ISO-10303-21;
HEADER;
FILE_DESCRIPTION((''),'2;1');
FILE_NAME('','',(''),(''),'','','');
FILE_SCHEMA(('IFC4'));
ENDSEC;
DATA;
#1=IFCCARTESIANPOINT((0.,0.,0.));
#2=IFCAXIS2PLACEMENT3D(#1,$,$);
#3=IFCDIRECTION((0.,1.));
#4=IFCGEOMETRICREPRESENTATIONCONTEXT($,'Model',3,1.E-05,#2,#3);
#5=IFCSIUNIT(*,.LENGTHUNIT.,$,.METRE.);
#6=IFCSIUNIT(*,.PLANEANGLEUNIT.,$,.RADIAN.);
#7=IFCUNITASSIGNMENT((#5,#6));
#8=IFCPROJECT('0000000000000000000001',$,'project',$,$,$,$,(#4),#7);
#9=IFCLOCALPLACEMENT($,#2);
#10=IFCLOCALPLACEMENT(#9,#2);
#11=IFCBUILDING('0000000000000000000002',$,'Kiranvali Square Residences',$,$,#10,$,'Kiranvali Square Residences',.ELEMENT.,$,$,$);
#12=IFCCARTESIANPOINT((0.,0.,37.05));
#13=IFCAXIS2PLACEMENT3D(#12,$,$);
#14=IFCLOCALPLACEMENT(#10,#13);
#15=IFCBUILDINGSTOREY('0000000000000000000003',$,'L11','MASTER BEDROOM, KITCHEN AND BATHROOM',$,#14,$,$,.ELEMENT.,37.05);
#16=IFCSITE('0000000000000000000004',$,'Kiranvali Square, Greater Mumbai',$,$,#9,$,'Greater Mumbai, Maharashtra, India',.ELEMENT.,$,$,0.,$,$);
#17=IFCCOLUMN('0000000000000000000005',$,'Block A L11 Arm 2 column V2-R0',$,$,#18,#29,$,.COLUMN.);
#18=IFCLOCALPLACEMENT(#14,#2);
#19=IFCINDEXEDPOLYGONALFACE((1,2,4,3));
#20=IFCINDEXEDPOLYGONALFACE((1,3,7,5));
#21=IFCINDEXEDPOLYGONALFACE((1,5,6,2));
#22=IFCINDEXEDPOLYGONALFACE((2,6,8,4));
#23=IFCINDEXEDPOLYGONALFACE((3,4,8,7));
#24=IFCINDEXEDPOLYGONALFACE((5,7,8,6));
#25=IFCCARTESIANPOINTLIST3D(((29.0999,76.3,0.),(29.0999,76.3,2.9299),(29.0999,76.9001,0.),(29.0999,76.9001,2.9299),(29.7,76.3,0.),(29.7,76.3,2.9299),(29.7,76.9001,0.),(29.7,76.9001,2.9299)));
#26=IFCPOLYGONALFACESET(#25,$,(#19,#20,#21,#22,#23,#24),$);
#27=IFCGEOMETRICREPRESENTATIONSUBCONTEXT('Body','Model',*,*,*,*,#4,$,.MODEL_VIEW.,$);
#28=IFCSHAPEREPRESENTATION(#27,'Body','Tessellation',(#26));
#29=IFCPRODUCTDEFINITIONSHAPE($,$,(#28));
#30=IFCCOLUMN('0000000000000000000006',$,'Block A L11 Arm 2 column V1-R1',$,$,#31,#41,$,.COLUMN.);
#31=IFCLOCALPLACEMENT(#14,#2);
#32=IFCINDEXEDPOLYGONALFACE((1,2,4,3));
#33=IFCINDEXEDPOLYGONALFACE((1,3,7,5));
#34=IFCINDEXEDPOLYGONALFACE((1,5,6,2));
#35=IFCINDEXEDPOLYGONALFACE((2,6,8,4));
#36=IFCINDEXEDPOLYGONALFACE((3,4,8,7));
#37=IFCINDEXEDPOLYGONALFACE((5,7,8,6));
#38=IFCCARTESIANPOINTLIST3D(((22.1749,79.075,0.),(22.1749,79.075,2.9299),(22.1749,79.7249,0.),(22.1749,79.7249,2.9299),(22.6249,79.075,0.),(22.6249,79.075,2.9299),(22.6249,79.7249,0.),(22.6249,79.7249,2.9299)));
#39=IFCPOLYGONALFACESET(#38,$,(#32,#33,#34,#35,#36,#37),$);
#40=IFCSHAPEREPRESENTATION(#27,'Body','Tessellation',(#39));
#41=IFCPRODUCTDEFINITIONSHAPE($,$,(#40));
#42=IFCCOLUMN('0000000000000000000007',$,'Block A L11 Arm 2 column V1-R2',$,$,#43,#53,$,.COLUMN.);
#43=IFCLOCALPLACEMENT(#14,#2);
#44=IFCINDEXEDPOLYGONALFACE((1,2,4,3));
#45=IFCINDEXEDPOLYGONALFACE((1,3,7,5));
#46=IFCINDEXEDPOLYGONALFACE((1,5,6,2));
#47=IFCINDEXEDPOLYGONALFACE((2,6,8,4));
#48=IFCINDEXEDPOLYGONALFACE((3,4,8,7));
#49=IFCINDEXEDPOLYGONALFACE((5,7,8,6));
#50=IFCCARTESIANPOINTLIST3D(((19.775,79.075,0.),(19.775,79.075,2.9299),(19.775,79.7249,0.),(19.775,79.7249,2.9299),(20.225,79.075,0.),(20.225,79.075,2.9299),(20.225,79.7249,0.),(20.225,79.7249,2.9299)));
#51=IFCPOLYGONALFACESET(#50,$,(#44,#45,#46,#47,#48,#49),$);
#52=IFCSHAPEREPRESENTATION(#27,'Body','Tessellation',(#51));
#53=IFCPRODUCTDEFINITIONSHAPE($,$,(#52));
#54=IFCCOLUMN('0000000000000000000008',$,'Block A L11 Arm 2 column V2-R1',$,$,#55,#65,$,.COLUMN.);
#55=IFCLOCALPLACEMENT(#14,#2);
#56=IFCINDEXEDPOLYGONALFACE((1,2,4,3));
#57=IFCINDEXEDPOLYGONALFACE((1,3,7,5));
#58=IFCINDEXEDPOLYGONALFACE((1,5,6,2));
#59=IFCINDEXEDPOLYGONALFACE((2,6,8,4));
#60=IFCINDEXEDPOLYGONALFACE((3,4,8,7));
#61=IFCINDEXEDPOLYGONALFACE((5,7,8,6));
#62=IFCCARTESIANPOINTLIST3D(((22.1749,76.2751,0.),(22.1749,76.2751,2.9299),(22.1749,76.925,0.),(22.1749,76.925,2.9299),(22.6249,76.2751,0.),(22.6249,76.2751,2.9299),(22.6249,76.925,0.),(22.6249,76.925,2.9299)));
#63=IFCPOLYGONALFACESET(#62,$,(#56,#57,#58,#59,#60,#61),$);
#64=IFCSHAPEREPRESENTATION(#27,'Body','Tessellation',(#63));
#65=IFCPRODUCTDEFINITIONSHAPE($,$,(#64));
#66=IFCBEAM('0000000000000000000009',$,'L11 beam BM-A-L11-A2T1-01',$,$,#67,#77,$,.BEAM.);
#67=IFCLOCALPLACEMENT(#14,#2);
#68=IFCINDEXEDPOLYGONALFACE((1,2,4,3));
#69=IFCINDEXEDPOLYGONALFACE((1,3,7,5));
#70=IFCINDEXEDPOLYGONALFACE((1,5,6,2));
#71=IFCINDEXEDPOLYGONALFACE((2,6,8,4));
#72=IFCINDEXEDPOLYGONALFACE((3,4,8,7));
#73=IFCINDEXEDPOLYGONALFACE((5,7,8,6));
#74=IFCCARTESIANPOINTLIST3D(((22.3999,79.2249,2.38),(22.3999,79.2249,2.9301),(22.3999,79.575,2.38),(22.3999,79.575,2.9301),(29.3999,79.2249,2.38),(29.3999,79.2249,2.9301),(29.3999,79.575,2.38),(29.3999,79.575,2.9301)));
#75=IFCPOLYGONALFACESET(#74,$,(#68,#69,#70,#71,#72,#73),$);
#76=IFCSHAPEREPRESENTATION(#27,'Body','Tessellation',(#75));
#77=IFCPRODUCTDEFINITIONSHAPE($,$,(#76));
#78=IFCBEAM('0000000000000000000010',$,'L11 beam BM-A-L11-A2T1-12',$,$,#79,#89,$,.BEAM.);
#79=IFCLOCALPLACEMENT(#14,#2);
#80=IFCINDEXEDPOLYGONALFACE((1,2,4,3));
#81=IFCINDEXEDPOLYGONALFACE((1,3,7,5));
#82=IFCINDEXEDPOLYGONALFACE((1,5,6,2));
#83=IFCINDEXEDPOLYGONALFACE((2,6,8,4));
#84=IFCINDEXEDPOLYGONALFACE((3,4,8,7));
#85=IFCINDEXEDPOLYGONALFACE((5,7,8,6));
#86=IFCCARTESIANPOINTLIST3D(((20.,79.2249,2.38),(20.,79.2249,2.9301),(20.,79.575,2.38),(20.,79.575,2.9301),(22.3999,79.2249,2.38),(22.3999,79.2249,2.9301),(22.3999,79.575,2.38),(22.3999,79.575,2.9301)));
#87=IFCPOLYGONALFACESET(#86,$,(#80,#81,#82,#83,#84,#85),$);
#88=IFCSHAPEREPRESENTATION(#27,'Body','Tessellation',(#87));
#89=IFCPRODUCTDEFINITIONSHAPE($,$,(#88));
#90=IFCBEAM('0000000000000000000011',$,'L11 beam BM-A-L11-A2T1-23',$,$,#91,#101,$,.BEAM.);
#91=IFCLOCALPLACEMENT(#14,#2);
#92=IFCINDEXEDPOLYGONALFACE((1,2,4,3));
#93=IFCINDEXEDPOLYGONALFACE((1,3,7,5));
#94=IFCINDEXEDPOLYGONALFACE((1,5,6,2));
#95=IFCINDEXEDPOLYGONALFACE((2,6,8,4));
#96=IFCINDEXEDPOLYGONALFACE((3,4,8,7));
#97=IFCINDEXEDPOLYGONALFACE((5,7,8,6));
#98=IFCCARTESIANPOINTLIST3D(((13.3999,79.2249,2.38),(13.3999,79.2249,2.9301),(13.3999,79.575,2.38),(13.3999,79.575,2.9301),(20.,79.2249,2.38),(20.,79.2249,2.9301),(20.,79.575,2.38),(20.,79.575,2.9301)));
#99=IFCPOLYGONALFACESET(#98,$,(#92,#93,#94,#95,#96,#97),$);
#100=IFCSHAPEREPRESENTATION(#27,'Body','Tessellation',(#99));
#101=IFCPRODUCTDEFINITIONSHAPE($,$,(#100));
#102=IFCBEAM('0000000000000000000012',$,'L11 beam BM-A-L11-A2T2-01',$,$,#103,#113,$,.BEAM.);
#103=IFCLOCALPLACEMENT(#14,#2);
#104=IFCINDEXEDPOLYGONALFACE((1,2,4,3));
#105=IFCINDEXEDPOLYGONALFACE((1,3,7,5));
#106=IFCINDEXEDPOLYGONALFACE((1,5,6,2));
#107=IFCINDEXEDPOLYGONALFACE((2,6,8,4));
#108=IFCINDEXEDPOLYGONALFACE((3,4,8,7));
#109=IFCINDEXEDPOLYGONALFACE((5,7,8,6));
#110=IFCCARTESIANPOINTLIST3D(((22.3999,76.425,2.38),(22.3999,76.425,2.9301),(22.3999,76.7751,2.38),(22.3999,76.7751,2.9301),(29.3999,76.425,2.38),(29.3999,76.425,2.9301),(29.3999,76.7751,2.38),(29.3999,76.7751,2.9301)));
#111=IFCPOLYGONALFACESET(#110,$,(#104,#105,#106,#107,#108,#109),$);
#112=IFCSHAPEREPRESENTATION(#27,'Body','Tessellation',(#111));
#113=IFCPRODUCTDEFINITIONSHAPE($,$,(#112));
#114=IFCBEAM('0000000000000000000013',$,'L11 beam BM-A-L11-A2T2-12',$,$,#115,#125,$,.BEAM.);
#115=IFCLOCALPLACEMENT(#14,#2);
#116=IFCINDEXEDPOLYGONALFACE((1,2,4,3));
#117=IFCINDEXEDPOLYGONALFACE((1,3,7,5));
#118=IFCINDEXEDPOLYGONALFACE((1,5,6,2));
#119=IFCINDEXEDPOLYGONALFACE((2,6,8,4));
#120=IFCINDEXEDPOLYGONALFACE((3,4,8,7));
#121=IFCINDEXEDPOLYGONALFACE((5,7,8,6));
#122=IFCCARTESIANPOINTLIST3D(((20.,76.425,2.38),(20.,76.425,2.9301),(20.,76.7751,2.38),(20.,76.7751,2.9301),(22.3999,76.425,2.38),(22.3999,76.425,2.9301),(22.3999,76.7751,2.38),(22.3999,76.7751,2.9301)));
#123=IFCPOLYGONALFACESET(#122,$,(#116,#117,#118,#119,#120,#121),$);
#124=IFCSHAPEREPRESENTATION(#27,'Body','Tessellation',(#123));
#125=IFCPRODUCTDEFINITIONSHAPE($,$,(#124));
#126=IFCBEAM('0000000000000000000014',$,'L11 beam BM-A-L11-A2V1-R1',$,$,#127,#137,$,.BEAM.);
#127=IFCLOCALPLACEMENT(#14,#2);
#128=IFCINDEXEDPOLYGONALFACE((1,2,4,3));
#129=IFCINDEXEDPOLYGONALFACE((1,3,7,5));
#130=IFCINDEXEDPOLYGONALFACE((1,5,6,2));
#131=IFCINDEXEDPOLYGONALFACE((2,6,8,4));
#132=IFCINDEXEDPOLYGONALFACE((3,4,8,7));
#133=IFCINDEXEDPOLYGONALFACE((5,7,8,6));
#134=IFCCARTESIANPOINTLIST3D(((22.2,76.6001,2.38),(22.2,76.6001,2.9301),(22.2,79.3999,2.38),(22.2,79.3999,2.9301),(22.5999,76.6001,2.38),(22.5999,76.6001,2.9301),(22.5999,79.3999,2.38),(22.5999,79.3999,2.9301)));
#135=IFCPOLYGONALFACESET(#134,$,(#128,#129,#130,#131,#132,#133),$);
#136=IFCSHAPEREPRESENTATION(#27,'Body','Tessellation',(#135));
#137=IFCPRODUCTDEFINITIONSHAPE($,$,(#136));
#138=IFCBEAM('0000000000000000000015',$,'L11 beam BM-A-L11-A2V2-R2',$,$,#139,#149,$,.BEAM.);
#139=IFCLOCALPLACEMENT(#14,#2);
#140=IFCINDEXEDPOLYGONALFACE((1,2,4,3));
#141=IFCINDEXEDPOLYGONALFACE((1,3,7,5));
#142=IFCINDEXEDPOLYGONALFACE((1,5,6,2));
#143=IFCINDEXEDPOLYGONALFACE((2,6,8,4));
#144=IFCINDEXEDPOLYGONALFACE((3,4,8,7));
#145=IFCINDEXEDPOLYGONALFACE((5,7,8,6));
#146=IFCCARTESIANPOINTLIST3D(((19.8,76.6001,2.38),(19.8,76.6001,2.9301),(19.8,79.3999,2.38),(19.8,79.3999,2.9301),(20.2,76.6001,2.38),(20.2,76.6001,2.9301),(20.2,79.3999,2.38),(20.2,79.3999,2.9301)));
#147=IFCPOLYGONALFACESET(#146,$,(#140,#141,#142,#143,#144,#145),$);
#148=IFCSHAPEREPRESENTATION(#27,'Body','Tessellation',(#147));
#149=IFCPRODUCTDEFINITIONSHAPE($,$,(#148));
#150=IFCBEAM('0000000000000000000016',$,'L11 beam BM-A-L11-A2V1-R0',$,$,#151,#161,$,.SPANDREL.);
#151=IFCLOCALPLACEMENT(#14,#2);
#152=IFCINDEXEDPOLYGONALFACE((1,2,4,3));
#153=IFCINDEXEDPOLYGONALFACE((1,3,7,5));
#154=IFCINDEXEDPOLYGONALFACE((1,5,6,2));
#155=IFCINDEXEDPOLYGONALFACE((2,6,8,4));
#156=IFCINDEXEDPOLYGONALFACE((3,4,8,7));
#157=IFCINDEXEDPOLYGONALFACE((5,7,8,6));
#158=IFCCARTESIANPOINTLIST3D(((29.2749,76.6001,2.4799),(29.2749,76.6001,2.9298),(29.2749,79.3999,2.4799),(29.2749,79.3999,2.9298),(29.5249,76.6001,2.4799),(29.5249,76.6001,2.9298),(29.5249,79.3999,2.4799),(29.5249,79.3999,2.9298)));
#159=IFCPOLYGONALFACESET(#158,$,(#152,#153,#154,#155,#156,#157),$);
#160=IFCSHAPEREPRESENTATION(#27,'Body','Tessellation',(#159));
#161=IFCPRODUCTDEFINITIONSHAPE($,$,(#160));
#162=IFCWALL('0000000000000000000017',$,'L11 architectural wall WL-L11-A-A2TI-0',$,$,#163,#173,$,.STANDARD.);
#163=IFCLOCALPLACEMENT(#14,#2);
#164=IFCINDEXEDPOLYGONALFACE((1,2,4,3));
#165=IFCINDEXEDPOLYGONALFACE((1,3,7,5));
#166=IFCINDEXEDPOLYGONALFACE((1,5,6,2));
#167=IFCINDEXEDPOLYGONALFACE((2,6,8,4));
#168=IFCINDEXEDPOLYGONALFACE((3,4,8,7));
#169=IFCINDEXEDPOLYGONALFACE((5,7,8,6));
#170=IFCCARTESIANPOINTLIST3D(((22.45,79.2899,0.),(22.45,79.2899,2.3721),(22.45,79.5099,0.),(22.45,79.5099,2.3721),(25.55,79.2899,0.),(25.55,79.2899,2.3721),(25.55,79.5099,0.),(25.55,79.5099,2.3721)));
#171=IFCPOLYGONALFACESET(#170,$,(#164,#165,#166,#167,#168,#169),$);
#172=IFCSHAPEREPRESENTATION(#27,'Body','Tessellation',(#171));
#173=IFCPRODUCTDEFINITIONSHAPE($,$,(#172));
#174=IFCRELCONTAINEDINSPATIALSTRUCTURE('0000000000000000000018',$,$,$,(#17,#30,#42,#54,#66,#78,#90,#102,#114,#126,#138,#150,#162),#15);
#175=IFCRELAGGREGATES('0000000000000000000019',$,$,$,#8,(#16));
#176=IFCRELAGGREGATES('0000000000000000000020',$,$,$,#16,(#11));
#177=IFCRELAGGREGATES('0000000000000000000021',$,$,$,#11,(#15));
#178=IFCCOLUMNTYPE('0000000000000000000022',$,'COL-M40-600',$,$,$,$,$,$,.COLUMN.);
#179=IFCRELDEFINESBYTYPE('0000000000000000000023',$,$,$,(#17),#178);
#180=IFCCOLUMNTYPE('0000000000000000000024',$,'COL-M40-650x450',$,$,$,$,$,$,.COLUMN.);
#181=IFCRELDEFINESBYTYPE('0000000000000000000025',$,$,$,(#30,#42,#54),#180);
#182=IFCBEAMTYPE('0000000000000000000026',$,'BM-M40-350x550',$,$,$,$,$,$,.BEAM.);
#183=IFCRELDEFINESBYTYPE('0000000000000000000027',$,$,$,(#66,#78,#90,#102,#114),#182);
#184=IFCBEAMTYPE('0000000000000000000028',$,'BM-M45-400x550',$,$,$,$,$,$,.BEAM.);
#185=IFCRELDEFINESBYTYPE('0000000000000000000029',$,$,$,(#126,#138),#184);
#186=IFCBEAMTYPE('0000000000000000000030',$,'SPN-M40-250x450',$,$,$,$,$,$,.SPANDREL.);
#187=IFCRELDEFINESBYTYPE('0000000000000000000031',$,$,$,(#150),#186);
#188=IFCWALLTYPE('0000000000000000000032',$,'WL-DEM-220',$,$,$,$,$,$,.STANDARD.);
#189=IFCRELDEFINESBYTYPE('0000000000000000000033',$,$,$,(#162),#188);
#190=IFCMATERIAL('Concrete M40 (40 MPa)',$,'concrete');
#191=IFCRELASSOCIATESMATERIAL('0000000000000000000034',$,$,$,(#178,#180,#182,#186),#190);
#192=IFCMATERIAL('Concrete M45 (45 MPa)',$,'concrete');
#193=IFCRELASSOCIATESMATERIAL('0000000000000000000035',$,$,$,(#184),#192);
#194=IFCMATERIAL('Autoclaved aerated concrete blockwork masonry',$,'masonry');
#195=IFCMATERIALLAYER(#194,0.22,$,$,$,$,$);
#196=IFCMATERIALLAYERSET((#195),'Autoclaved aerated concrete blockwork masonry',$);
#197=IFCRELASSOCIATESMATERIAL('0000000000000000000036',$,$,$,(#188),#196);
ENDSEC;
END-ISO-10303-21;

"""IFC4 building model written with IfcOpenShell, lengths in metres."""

from ifc_helpers import new_model, si_unit, direction, frame, frame_2d, origin, origin_2d, place, context, subcontext, project, spatial, rectangle, extrude, material, layer, layer_set, material_profile, profile_set, type_object, element, save


model = new_model("IFC4")

# Units and contexts
model_context = context("Model", 3, precision=1e-05, world=origin(), true_north=direction((0.0, 1.0)))
body_context = subcontext(model_context, "Body", "Model", "MODEL_VIEW")
ifc_project = project(units=[si_unit("LENGTHUNIT", "METRE"), si_unit("PLANEANGLEUNIT", "RADIAN")], contexts=[model_context])

# Site, building, storey
site_placement = place(None, origin())
site = spatial("IfcSite", under=ifc_project, at=site_placement, Name="Kiranvali Square, Greater Mumbai", LongName="Greater Mumbai, Maharashtra, India", CompositionType="ELEMENT", RefElevation=0.0)
building_placement = place(site_placement, origin())
building = spatial("IfcBuilding", under=site, at=building_placement, Name="Kiranvali Square Residences", LongName="Kiranvali Square Residences", CompositionType="ELEMENT")
storey_placement = place(building_placement, frame((0.0, 0.0, 37.05)))
storey = spatial("IfcBuildingStorey", under=building, at=storey_placement, Name="L11", Description="MASTER BEDROOM, KITCHEN AND BATHROOM", CompositionType="ELEMENT", Elevation=37.05)

# Columns
ifc_material_1 = material(Name="Concrete M40 (40 MPa)", Category="concrete")
ifc_material_profile_1 = material_profile(ifc_material_1, rectangle(XDim=0.6001, YDim=0.6001, at=origin_2d()), Name="RC 600x600")
ifc_profile_set_1 = profile_set([ifc_material_profile_1], Name="Concrete M40 (40 MPa)")
column_type_1 = type_object("IfcColumnType", Name="COL-M40-600", PredefinedType="COLUMN", material=ifc_profile_set_1)
column_placement = place(storey_placement, frame((29.3999, 76.6001, 0.0), z_axis=(0.0, 0.0, 1.0), x_axis=(1.0, 0.0, 0.0)))
element("IfcColumn", 1, at=column_placement, inside=storey, type_object=column_type_1, Name="Block A L11 Arm 2 column V2-R0", PredefinedType="COLUMN", context=body_context, shape_type="SweptSolid", body=[
    extrude(rectangle(XDim=0.6001, YDim=0.6001, at=origin_2d()), origin(), (0.0, 0.0, 1.0), 2.9299),
])
ifc_material_profile_2 = material_profile(ifc_material_1, rectangle(XDim=0.45, YDim=0.6499, at=origin_2d()), Name="RC 650x450")
ifc_profile_set_2 = profile_set([ifc_material_profile_2], Name="Concrete M40 (40 MPa)")
column_type_2 = type_object("IfcColumnType", Name="COL-M40-650x450", PredefinedType="COLUMN", material=ifc_profile_set_2)
for number, where, z_axis, x_axis, name in (
    (2, (22.3999, 79.3999, 0.0), (0.0, 0.0, 1.0), (1.0, 0.0, 0.0), "Block A L11 Arm 2 column V1-R1"),
    (3, (20.0, 79.3999, 0.0), (0.0, 0.0, 1.0), (1.0, 0.0, 0.0), "Block A L11 Arm 2 column V1-R2"),
    (4, (22.3999, 76.6001, 0.0), (0.0, 0.0, 1.0), (1.0, 0.0, 0.0), "Block A L11 Arm 2 column V2-R1"),
):
    element("IfcColumn", number, at=place(storey_placement, frame(where, z_axis=z_axis, x_axis=x_axis)), inside=storey, type_object=column_type_2, Name=name, PredefinedType="COLUMN", context=body_context, shape_type="SweptSolid", body=[
        extrude(rectangle(XDim=0.45, YDim=0.6499, at=origin_2d()), origin(), (0.0, 0.0, 1.0), 2.9299),
    ])

# Beams
ifc_material_profile_3 = material_profile(ifc_material_1, rectangle(XDim=0.3501, YDim=0.55, at=origin_2d()), Name="RC 350x550")
ifc_profile_set_3 = profile_set([ifc_material_profile_3], Name="Concrete M40 (40 MPa)")
beam_type_1 = type_object("IfcBeamType", Name="BM-M40-350x550", PredefinedType="BEAM", material=ifc_profile_set_3)
beam_1_placement = place(storey_placement, frame((29.3999, 79.3999, 2.655), z_axis=(-1.0, 0.0, 0.0), x_axis=(0.0, -1.0, 0.0)))
element("IfcBeam", 5, at=beam_1_placement, inside=storey, type_object=beam_type_1, Name="L11 beam BM-A-L11-A2T1-01", PredefinedType="BEAM", context=body_context, shape_type="SweptSolid", body=[
    extrude(rectangle(XDim=0.3501, YDim=0.55, at=origin_2d()), origin(), (0.0, 0.0, 1.0), 7.0),
])
beam_2_placement = place(storey_placement, frame((22.3999, 79.3999, 2.655), z_axis=(-1.0, 0.0, 0.0), x_axis=(0.0, -1.0, 0.0)))
element("IfcBeam", 6, at=beam_2_placement, inside=storey, type_object=beam_type_1, Name="L11 beam BM-A-L11-A2T1-12", PredefinedType="BEAM", context=body_context, shape_type="SweptSolid", body=[
    extrude(rectangle(XDim=0.3501, YDim=0.55, at=origin_2d()), origin(), (0.0, 0.0, 1.0), 2.3999),
])
beam_3_placement = place(storey_placement, frame((20.0, 79.3999, 2.655), z_axis=(-1.0, 0.0, 0.0), x_axis=(0.0, -1.0, 0.0)))
element("IfcBeam", 7, at=beam_3_placement, inside=storey, type_object=beam_type_1, Name="L11 beam BM-A-L11-A2T1-23", PredefinedType="BEAM", context=body_context, shape_type="SweptSolid", body=[
    extrude(rectangle(XDim=0.3501, YDim=0.55, at=origin_2d()), origin(), (0.0, 0.0, 1.0), 6.6001),
])
beam_4_placement = place(storey_placement, frame((29.3999, 76.6001, 2.655), z_axis=(-1.0, 0.0, 0.0), x_axis=(0.0, -1.0, 0.0)))
element("IfcBeam", 8, at=beam_4_placement, inside=storey, type_object=beam_type_1, Name="L11 beam BM-A-L11-A2T2-01", PredefinedType="BEAM", context=body_context, shape_type="SweptSolid", body=[
    extrude(rectangle(XDim=0.3501, YDim=0.55, at=origin_2d()), origin(), (0.0, 0.0, 1.0), 7.0),
])
beam_5_placement = place(storey_placement, frame((22.3999, 76.6001, 2.655), z_axis=(-1.0, 0.0, 0.0), x_axis=(0.0, -1.0, 0.0)))
element("IfcBeam", 9, at=beam_5_placement, inside=storey, type_object=beam_type_1, Name="L11 beam BM-A-L11-A2T2-12", PredefinedType="BEAM", context=body_context, shape_type="SweptSolid", body=[
    extrude(rectangle(XDim=0.3501, YDim=0.55, at=origin_2d()), origin(), (0.0, 0.0, 1.0), 2.3999),
])
ifc_material_2 = material(Name="Concrete M45 (45 MPa)", Category="concrete")
ifc_material_profile_4 = material_profile(ifc_material_2, rectangle(XDim=0.3999, YDim=0.55, at=origin_2d()), Name="RC 400x550")
ifc_profile_set_4 = profile_set([ifc_material_profile_4], Name="Concrete M45 (45 MPa)")
beam_type_2 = type_object("IfcBeamType", Name="BM-M45-400x550", PredefinedType="BEAM", material=ifc_profile_set_4)
for number, where, z_axis, x_axis, name in (
    (10, (22.3999, 79.3999, 2.655), (0.0, -1.0, 0.0), (1.0, 0.0, 0.0), "L11 beam BM-A-L11-A2V1-R1"),
    (11, (20.0, 79.3999, 2.655), (0.0, -1.0, 0.0), (1.0, 0.0, 0.0), "L11 beam BM-A-L11-A2V2-R2"),
):
    element("IfcBeam", number, at=place(storey_placement, frame(where, z_axis=z_axis, x_axis=x_axis)), inside=storey, type_object=beam_type_2, Name=name, PredefinedType="BEAM", context=body_context, shape_type="SweptSolid", body=[
        extrude(rectangle(XDim=0.3999, YDim=0.55, at=origin_2d()), origin(), (0.0, 0.0, 1.0), 2.7998),
    ])
ifc_material_profile_5 = material_profile(ifc_material_1, rectangle(XDim=0.25, YDim=0.45, at=origin_2d()), Name="RC 250x450")
ifc_profile_set_5 = profile_set([ifc_material_profile_5], Name="Concrete M40 (40 MPa)")
beam_type_3 = type_object("IfcBeamType", Name="SPN-M40-250x450", PredefinedType="SPANDREL", material=ifc_profile_set_5)
beam_6_placement = place(storey_placement, frame((29.3999, 79.3999, 2.7048), z_axis=(0.0, -1.0, 0.0), x_axis=(1.0, 0.0, 0.0)))
element("IfcBeam", 12, at=beam_6_placement, inside=storey, type_object=beam_type_3, Name="L11 beam BM-A-L11-A2V1-R0", PredefinedType="SPANDREL", context=body_context, shape_type="SweptSolid", body=[
    extrude(rectangle(XDim=0.25, YDim=0.45, at=origin_2d()), origin(), (0.0, 0.0, 1.0), 2.7998),
])

# Shared definitions
ifc_material_3 = material(Name="Autoclaved aerated concrete blockwork masonry", Category="masonry")

# Wall
ifc_layer_1 = layer(ifc_material_3, 0.22)
ifc_layer_set_1 = layer_set([ifc_layer_1], Name="Autoclaved aerated concrete blockwork masonry")
wall_type_1 = type_object("IfcWallType", Name="WL-DEM-220", PredefinedType="STANDARD", material=ifc_layer_set_1)
wall_1_placement = place(storey_placement, frame((25.55, 79.3999, 0.0), z_axis=(0.0, 0.0, 1.0), x_axis=(-1.0, 0.0, 0.0)))
element("IfcWall", 13, at=wall_1_placement, inside=storey, type_object=wall_type_1, Name="L11 architectural wall WL-L11-A-A2TI-0", PredefinedType="STANDARD", context=body_context, shape_type="SweptSolid", body=[
    extrude(rectangle(XDim=3.1001, YDim=0.22, at=frame_2d((1.55, 0.0))), origin(), (0.0, 0.0, 1.0), 2.3721),
])

save(model, "model.ifc")
